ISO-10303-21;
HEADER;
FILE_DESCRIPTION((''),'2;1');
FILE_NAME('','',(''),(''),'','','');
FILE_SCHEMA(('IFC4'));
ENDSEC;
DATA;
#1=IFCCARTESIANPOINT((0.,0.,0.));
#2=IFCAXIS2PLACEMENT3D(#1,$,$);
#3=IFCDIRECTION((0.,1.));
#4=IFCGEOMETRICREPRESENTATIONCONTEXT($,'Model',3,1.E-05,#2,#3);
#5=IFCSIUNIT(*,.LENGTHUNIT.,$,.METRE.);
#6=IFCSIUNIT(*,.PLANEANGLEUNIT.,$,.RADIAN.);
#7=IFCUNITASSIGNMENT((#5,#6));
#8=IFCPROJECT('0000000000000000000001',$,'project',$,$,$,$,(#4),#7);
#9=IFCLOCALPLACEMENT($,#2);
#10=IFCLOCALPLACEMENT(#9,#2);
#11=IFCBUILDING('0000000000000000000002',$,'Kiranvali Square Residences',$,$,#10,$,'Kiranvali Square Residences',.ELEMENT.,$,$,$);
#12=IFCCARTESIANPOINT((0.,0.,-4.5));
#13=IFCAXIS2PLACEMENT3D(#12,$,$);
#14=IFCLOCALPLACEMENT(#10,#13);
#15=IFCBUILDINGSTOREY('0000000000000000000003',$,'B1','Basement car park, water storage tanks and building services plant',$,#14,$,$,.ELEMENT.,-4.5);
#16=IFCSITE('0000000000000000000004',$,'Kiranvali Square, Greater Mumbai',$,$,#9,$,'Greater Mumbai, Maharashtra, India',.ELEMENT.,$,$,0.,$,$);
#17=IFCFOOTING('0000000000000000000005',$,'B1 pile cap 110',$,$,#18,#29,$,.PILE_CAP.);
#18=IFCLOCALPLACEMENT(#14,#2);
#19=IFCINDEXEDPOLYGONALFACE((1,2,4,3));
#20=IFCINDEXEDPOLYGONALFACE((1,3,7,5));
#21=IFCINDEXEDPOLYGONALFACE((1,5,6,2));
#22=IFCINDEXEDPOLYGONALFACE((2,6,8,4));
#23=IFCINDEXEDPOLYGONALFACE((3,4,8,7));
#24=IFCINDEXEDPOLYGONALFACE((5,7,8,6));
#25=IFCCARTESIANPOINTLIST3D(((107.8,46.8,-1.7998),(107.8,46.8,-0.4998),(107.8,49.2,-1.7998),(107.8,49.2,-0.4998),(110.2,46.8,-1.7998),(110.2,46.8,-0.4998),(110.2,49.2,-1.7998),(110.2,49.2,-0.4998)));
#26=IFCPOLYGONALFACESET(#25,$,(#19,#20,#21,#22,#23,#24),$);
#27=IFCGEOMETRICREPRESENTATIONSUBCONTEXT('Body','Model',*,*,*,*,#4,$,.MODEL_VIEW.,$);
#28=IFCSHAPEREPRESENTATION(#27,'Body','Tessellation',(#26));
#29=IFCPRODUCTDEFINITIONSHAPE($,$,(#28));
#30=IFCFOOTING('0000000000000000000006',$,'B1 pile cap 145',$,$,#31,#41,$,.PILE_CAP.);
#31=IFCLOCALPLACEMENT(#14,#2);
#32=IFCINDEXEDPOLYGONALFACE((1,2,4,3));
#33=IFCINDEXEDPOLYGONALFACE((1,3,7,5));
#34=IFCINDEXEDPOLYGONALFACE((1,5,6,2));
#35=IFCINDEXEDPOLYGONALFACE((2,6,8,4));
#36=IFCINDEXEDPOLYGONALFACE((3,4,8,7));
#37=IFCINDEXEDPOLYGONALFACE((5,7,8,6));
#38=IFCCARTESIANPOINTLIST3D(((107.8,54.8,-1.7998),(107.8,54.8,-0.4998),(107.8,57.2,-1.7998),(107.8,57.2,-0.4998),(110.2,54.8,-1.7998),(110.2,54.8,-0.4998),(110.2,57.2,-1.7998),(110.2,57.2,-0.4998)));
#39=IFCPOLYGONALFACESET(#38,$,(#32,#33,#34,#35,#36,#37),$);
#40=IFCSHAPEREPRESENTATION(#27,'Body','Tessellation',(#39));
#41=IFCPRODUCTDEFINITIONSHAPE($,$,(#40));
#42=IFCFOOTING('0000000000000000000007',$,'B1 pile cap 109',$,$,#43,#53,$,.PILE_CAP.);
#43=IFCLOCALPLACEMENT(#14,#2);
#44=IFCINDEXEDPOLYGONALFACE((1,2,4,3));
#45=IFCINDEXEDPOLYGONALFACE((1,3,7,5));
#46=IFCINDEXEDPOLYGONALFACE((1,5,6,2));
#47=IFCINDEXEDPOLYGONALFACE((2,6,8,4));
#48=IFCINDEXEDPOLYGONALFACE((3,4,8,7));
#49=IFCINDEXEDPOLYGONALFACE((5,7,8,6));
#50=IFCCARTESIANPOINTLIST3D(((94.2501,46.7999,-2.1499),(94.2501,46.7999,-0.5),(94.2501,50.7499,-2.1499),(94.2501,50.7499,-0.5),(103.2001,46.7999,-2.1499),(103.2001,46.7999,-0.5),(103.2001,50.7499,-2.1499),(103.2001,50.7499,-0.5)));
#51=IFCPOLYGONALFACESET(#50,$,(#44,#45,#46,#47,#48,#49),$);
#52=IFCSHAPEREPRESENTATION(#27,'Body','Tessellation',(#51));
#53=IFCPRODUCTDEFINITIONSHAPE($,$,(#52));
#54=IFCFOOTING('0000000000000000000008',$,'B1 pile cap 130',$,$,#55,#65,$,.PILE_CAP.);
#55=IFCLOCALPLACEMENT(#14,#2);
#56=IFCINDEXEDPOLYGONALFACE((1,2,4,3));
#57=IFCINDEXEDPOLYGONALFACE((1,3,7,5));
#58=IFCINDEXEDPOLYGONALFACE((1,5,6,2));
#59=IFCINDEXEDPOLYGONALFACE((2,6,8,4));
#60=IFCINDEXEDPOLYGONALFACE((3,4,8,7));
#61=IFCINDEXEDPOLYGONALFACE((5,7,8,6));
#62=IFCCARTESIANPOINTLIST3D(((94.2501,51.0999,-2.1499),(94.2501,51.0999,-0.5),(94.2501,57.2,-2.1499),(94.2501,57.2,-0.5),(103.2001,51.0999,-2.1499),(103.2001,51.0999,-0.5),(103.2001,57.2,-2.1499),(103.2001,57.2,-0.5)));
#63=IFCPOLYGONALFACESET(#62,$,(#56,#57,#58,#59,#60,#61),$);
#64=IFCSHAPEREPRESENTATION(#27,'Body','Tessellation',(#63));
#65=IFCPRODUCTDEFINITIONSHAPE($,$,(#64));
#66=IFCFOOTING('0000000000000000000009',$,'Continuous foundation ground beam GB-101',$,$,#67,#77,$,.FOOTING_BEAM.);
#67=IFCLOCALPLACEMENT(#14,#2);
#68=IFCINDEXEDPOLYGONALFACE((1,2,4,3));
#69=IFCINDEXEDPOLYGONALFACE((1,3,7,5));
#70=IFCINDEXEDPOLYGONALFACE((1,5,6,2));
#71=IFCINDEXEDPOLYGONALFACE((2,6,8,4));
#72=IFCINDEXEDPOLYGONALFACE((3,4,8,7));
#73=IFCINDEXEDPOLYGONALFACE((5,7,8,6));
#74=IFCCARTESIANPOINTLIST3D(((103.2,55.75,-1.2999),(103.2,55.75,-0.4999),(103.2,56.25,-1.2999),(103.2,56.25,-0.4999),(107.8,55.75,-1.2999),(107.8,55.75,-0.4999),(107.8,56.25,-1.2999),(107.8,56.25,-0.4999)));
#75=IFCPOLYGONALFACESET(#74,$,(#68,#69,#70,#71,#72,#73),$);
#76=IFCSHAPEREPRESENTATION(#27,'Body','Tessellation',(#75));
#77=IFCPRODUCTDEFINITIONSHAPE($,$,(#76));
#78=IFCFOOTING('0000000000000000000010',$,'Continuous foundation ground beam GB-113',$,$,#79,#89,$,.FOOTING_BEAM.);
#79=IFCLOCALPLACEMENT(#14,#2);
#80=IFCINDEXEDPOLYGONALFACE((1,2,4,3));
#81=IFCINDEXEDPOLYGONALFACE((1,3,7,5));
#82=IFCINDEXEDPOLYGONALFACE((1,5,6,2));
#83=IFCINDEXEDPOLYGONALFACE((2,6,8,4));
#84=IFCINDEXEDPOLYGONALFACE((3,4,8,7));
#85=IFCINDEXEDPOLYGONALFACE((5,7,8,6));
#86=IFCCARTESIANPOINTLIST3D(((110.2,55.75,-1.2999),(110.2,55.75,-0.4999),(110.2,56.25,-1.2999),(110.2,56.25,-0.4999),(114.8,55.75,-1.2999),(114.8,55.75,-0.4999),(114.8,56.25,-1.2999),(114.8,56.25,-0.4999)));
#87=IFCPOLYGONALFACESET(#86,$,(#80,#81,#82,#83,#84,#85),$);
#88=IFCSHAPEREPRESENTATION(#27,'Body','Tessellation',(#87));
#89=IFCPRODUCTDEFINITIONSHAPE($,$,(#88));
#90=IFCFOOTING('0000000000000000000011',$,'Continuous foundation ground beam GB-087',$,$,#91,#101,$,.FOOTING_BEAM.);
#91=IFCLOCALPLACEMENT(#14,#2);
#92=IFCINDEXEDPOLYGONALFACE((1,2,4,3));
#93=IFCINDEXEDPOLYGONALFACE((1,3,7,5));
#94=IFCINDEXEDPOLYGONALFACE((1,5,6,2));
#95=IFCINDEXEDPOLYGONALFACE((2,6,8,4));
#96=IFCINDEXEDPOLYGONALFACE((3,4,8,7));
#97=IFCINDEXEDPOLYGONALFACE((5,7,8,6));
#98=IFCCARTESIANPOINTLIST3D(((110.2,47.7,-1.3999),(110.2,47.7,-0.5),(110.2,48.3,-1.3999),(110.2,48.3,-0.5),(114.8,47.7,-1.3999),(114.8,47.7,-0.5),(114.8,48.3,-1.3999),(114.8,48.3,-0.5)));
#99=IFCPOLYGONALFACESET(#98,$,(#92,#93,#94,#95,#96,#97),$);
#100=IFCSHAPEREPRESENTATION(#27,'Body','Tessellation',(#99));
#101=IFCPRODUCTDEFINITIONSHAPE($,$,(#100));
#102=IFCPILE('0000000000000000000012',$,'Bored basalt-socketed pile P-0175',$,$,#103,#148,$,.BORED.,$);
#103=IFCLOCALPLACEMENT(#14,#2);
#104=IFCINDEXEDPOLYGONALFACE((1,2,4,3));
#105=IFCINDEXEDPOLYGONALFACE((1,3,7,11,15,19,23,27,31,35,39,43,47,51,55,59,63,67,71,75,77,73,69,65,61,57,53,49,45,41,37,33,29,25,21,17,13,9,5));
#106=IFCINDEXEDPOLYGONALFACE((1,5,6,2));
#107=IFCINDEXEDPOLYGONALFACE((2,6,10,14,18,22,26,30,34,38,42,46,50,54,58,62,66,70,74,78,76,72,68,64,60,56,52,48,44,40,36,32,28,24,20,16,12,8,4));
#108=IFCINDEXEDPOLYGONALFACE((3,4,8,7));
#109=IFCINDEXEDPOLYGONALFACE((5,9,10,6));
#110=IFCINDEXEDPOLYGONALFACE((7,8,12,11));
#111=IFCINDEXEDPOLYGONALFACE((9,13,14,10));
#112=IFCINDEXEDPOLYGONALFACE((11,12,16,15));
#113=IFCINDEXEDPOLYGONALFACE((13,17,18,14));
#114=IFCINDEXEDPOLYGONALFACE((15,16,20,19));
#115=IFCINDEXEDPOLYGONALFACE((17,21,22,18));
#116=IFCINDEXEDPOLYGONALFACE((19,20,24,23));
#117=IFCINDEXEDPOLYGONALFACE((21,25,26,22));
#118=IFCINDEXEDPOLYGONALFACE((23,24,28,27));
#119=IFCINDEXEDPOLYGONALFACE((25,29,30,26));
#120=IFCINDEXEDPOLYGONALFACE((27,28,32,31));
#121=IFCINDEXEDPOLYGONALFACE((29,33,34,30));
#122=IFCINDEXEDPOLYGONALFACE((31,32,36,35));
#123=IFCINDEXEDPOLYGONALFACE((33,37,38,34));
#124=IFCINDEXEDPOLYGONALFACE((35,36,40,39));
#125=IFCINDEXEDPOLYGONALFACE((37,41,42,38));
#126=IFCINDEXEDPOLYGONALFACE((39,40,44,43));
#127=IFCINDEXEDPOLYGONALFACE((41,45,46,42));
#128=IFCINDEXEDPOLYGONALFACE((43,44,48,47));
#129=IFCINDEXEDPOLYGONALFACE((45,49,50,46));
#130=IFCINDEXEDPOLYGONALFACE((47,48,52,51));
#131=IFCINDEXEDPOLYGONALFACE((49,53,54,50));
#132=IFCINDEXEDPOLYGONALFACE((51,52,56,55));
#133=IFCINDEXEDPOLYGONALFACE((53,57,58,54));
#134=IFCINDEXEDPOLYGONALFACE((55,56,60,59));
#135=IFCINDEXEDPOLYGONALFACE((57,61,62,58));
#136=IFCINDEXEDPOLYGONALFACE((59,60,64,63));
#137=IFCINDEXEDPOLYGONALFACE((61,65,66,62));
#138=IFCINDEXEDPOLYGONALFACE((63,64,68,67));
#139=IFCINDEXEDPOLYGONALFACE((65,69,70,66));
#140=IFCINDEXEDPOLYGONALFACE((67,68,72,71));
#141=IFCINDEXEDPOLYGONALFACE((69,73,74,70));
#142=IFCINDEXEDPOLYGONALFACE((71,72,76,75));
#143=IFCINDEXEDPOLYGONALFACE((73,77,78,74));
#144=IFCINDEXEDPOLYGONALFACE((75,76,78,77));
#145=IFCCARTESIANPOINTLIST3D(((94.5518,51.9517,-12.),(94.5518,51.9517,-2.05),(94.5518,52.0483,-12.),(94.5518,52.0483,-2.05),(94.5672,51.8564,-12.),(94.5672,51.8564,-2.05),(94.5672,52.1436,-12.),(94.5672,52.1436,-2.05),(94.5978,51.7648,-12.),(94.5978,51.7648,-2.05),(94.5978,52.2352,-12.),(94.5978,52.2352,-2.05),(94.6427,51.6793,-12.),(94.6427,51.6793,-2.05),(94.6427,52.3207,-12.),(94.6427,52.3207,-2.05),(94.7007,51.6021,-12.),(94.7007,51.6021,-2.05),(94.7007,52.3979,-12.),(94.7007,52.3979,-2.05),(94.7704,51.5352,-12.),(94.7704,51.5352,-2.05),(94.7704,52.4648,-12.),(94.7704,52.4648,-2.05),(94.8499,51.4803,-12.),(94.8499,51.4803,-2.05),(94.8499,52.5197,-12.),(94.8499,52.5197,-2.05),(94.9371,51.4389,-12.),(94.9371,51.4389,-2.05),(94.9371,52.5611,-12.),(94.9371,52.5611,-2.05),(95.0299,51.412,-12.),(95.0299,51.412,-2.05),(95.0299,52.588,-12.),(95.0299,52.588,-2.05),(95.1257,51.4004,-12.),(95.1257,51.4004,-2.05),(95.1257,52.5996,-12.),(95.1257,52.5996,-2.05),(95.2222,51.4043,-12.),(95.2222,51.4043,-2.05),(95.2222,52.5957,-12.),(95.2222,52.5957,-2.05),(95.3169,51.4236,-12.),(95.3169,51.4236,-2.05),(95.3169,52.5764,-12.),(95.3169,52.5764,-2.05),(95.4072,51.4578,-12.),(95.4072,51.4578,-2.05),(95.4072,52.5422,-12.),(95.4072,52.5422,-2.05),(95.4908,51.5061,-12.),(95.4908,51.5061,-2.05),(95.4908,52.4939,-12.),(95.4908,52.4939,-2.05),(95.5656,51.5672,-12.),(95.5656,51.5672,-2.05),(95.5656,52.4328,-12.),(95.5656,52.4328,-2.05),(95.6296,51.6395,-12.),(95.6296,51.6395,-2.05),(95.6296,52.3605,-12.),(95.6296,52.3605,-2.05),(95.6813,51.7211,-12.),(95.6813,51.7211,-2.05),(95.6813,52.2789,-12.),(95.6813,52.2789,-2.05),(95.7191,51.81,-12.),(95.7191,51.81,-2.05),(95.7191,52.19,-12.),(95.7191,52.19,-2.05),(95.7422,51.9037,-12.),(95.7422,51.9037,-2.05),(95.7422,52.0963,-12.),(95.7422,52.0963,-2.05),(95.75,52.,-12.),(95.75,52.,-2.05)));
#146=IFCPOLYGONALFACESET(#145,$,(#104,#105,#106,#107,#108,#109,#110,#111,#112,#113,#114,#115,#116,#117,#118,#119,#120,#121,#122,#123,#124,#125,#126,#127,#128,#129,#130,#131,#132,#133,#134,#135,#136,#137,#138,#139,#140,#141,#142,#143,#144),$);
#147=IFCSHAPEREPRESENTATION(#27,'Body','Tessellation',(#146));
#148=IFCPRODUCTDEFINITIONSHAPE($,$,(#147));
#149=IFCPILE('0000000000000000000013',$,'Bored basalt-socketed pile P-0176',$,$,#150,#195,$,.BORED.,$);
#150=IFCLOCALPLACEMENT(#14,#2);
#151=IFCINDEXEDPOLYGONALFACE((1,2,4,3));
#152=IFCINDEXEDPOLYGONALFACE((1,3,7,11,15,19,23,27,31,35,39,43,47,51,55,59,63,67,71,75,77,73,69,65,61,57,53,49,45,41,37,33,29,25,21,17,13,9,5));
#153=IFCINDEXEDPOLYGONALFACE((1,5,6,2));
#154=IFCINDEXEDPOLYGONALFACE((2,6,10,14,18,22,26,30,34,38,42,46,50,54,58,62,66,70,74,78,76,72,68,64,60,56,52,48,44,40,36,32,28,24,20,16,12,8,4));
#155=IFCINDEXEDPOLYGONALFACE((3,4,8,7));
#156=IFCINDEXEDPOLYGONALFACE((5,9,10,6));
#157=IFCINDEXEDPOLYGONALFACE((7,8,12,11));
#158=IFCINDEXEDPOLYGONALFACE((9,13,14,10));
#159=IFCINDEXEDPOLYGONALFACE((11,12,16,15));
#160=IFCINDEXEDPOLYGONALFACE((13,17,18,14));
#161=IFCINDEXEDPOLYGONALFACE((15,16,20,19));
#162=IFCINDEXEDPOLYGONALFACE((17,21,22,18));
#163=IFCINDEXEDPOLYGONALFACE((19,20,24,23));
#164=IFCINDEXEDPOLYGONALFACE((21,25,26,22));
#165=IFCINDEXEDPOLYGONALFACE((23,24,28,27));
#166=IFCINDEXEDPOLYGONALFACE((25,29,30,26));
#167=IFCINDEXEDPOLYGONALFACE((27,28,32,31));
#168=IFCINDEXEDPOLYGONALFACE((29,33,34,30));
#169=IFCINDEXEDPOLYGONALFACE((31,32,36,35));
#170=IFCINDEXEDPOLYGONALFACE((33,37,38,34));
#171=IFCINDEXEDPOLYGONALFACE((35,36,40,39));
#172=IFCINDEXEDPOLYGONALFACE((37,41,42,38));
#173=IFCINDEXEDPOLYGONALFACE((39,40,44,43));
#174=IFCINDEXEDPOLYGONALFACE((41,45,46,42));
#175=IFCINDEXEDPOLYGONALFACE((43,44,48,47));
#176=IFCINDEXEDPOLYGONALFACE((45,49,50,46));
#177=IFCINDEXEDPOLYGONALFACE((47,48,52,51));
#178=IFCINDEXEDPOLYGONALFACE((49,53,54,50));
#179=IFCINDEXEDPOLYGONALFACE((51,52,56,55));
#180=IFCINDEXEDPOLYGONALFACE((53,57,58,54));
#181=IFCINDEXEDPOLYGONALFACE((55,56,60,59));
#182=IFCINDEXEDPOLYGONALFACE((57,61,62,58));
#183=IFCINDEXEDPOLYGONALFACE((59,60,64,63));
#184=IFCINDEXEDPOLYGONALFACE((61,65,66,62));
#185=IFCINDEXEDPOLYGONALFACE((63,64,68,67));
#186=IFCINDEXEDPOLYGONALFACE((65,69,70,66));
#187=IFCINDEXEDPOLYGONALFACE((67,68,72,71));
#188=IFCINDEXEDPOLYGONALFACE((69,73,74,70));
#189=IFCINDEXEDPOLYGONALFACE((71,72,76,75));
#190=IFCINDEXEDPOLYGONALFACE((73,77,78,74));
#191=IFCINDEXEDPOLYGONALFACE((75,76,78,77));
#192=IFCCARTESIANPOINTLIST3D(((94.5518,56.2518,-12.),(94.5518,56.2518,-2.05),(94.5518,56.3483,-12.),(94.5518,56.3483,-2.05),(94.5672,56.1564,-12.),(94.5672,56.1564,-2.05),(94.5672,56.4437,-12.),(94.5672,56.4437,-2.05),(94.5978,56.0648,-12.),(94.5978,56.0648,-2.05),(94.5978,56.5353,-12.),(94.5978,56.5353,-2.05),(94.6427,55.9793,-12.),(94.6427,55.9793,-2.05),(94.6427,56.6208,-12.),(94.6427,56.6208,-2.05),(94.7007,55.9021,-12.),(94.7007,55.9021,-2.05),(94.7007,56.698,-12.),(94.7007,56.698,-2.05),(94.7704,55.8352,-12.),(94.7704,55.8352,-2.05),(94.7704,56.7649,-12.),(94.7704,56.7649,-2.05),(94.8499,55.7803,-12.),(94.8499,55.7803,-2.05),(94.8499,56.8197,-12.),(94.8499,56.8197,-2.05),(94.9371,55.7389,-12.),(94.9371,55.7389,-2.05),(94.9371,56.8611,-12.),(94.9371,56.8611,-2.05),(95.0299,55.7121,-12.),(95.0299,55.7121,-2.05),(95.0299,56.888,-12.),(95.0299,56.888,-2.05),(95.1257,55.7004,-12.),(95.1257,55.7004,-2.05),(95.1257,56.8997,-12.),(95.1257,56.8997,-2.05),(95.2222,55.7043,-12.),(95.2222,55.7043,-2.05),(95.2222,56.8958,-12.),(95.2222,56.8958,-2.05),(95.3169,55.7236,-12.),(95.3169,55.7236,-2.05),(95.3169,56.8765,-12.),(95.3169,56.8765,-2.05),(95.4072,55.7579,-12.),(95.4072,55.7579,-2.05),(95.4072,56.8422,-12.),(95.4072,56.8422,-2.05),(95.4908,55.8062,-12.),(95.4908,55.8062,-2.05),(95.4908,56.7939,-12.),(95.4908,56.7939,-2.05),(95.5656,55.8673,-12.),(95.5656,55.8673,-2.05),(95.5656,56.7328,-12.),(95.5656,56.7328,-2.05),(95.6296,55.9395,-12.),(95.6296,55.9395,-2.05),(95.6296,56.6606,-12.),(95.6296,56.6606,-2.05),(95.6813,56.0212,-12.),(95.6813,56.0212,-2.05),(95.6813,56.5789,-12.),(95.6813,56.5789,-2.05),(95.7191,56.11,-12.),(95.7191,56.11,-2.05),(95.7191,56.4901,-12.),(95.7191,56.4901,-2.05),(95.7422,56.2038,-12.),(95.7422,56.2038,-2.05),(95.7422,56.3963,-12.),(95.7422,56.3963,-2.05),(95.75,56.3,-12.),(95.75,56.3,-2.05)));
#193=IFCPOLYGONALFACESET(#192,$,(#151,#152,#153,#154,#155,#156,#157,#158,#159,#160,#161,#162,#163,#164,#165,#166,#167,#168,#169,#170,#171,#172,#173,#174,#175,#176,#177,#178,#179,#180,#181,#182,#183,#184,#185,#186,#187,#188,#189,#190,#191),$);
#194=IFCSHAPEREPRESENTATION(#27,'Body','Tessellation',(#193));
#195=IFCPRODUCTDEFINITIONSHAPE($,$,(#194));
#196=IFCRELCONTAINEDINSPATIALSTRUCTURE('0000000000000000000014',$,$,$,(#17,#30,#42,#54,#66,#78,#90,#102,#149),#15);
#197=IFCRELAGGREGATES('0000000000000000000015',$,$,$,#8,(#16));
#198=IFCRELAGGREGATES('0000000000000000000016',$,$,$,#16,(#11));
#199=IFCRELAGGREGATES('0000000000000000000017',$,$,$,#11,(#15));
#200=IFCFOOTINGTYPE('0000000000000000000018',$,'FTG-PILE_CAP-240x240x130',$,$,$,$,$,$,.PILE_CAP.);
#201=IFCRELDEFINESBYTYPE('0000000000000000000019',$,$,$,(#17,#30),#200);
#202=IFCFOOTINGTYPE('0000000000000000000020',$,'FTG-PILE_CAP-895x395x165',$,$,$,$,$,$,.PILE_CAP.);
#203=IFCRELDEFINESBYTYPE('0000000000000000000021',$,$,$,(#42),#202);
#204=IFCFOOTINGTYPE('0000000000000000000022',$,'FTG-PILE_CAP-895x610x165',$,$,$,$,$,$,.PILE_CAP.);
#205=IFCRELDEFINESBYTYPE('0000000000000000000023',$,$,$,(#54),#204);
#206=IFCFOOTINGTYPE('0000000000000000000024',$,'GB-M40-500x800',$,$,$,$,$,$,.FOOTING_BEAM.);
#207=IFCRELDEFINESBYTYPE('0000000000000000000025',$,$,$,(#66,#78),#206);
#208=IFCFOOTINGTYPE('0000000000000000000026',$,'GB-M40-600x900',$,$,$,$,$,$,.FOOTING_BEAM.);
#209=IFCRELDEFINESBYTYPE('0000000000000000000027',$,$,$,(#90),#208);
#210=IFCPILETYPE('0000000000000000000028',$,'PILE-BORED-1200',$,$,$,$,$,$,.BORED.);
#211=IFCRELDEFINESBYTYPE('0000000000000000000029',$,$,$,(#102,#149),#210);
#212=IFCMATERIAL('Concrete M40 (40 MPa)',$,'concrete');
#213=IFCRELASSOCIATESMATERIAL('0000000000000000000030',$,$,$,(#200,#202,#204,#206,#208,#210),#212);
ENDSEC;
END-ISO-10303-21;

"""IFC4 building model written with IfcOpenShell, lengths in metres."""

from ifc_helpers import new_model, si_unit, direction, frame, origin, origin_2d, place, context, subcontext, project, spatial, rectangle, circle, extrude, material, material_profile, profile_set, type_object, element, save


model = new_model("IFC4")

# Units and contexts
model_context = context("Model", 3, precision=1e-05, world=origin(), true_north=direction((0.0, 1.0)))
body_context = subcontext(model_context, "Body", "Model", "MODEL_VIEW")
ifc_project = project(units=[si_unit("LENGTHUNIT", "METRE"), si_unit("PLANEANGLEUNIT", "RADIAN")], contexts=[model_context])

# Site, building, storey
site_placement = place(None, origin())
site = spatial("IfcSite", under=ifc_project, at=site_placement, Name="Kiranvali Square, Greater Mumbai", LongName="Greater Mumbai, Maharashtra, India", CompositionType="ELEMENT", RefElevation=0.0)
building_placement = place(site_placement, origin())
building = spatial("IfcBuilding", under=site, at=building_placement, Name="Kiranvali Square Residences", LongName="Kiranvali Square Residences", CompositionType="ELEMENT")
storey_placement = place(building_placement, frame((0.0, 0.0, -4.5)))
storey = spatial("IfcBuildingStorey", under=building, at=storey_placement, Name="B1", Description="Basement car park, water storage tanks and building services plant", CompositionType="ELEMENT", Elevation=-4.5)

# Footings
ifc_material_1 = material(Name="Concrete M40 (40 MPa)", Category="concrete")
footing_type_1 = type_object("IfcFootingType", Name="FTG-PILE_CAP-240x240x130", PredefinedType="PILE_CAP", material=ifc_material_1)
for number, where, z_axis, x_axis, name in (
    (1, (109.0, 48.0, -1.7998), (0.0, 0.0, 1.0), (1.0, 0.0, 0.0), "B1 pile cap 110"),
    (2, (109.0, 56.0, -1.7998), (0.0, 0.0, 1.0), (1.0, 0.0, 0.0), "B1 pile cap 145"),
):
    element("IfcFooting", number, at=place(storey_placement, frame(where, z_axis=z_axis, x_axis=x_axis)), inside=storey, type_object=footing_type_1, Name=name, PredefinedType="PILE_CAP", context=body_context, shape_type="SweptSolid", body=[
        extrude(rectangle(XDim=2.3999, YDim=2.3999, at=origin_2d()), origin(), (0.0, 0.0, 1.0), 1.3),
    ])
footing_type_2 = type_object("IfcFootingType", Name="FTG-PILE_CAP-895x395x165", PredefinedType="PILE_CAP", material=ifc_material_1)
footing_1_placement = place(storey_placement, frame((98.7251, 48.7749, -2.1499), z_axis=(0.0, 0.0, 1.0), x_axis=(1.0, 0.0, 0.0)))
element("IfcFooting", 3, at=footing_1_placement, inside=storey, type_object=footing_type_2, Name="B1 pile cap 109", PredefinedType="PILE_CAP", context=body_context, shape_type="SweptSolid", body=[
    extrude(rectangle(XDim=8.95, YDim=3.95, at=origin_2d()), origin(), (0.0, 0.0, 1.0), 1.6499),
])
footing_type_3 = type_object("IfcFootingType", Name="FTG-PILE_CAP-895x610x165", PredefinedType="PILE_CAP", material=ifc_material_1)
footing_2_placement = place(storey_placement, frame((98.7251, 54.1499, -2.1499), z_axis=(0.0, 0.0, 1.0), x_axis=(1.0, 0.0, 0.0)))
element("IfcFooting", 4, at=footing_2_placement, inside=storey, type_object=footing_type_3, Name="B1 pile cap 130", PredefinedType="PILE_CAP", context=body_context, shape_type="SweptSolid", body=[
    extrude(rectangle(XDim=8.95, YDim=6.1001, at=origin_2d()), origin(), (0.0, 0.0, 1.0), 1.6499),
])
ifc_material_profile_1 = material_profile(ifc_material_1, rectangle(XDim=0.5, YDim=0.8, at=origin_2d()), Name="GB 500x800")
ifc_profile_set_1 = profile_set([ifc_material_profile_1], Name="Concrete M40 (40 MPa)")
footing_type_4 = type_object("IfcFootingType", Name="GB-M40-500x800", PredefinedType="FOOTING_BEAM", material=ifc_profile_set_1)
for number, where, z_axis, x_axis, name in (
    (5, (103.2, 56.0, -0.8999), (1.0, 0.0, 0.0), (0.0, 1.0, 0.0), "Continuous foundation ground beam GB-101"),
    (6, (110.2, 56.0, -0.8999), (1.0, 0.0, 0.0), (0.0, 1.0, 0.0), "Continuous foundation ground beam GB-113"),
):
    element("IfcFooting", number, at=place(storey_placement, frame(where, z_axis=z_axis, x_axis=x_axis)), inside=storey, type_object=footing_type_4, Name=name, PredefinedType="FOOTING_BEAM", context=body_context, shape_type="SweptSolid", body=[
        extrude(rectangle(XDim=0.5, YDim=0.8, at=origin_2d()), origin(), (0.0, 0.0, 1.0), 4.6001),
    ])
ifc_material_profile_2 = material_profile(ifc_material_1, rectangle(XDim=0.6001, YDim=0.8999, at=origin_2d()), Name="GB 600x900")
ifc_profile_set_2 = profile_set([ifc_material_profile_2], Name="Concrete M40 (40 MPa)")
footing_type_5 = type_object("IfcFootingType", Name="GB-M40-600x900", PredefinedType="FOOTING_BEAM", material=ifc_profile_set_2)
footing_3_placement = place(storey_placement, frame((110.2, 48.0, -0.95), z_axis=(1.0, 0.0, 0.0), x_axis=(0.0, 1.0, 0.0)))
element("IfcFooting", 7, at=footing_3_placement, inside=storey, type_object=footing_type_5, Name="Continuous foundation ground beam GB-087", PredefinedType="FOOTING_BEAM", context=body_context, shape_type="SweptSolid", body=[
    extrude(rectangle(XDim=0.6001, YDim=0.8999, at=origin_2d()), origin(), (0.0, 0.0, 1.0), 4.6001),
])

# Piles
ifc_material_profile_3 = material_profile(ifc_material_1, circle(Radius=0.6001, at=origin_2d()), Name="BORED PILE 1200")
ifc_profile_set_3 = profile_set([ifc_material_profile_3], Name="Concrete M40 (40 MPa)")
pile_type_1 = type_object("IfcPileType", Name="PILE-BORED-1200", PredefinedType="BORED", material=ifc_profile_set_3)
for number, where, z_axis, x_axis, name in (
    (8, (95.1499, 52.0, -2.05), (0.0, 0.0, -1.0), (1.0, 0.0, 0.0), "Bored basalt-socketed pile P-0175"),
    (9, (95.1499, 56.3, -2.05), (0.0, 0.0, -1.0), (1.0, 0.0, 0.0), "Bored basalt-socketed pile P-0176"),
):
    element("IfcPile", number, at=place(storey_placement, frame(where, z_axis=z_axis, x_axis=x_axis)), inside=storey, type_object=pile_type_1, Name=name, PredefinedType="BORED", context=body_context, shape_type="SweptSolid", body=[
        extrude(circle(Radius=0.6001, at=origin_2d()), origin(), (0.0, 0.0, 1.0), 9.95),
    ])

save(model, "model.ifc")
